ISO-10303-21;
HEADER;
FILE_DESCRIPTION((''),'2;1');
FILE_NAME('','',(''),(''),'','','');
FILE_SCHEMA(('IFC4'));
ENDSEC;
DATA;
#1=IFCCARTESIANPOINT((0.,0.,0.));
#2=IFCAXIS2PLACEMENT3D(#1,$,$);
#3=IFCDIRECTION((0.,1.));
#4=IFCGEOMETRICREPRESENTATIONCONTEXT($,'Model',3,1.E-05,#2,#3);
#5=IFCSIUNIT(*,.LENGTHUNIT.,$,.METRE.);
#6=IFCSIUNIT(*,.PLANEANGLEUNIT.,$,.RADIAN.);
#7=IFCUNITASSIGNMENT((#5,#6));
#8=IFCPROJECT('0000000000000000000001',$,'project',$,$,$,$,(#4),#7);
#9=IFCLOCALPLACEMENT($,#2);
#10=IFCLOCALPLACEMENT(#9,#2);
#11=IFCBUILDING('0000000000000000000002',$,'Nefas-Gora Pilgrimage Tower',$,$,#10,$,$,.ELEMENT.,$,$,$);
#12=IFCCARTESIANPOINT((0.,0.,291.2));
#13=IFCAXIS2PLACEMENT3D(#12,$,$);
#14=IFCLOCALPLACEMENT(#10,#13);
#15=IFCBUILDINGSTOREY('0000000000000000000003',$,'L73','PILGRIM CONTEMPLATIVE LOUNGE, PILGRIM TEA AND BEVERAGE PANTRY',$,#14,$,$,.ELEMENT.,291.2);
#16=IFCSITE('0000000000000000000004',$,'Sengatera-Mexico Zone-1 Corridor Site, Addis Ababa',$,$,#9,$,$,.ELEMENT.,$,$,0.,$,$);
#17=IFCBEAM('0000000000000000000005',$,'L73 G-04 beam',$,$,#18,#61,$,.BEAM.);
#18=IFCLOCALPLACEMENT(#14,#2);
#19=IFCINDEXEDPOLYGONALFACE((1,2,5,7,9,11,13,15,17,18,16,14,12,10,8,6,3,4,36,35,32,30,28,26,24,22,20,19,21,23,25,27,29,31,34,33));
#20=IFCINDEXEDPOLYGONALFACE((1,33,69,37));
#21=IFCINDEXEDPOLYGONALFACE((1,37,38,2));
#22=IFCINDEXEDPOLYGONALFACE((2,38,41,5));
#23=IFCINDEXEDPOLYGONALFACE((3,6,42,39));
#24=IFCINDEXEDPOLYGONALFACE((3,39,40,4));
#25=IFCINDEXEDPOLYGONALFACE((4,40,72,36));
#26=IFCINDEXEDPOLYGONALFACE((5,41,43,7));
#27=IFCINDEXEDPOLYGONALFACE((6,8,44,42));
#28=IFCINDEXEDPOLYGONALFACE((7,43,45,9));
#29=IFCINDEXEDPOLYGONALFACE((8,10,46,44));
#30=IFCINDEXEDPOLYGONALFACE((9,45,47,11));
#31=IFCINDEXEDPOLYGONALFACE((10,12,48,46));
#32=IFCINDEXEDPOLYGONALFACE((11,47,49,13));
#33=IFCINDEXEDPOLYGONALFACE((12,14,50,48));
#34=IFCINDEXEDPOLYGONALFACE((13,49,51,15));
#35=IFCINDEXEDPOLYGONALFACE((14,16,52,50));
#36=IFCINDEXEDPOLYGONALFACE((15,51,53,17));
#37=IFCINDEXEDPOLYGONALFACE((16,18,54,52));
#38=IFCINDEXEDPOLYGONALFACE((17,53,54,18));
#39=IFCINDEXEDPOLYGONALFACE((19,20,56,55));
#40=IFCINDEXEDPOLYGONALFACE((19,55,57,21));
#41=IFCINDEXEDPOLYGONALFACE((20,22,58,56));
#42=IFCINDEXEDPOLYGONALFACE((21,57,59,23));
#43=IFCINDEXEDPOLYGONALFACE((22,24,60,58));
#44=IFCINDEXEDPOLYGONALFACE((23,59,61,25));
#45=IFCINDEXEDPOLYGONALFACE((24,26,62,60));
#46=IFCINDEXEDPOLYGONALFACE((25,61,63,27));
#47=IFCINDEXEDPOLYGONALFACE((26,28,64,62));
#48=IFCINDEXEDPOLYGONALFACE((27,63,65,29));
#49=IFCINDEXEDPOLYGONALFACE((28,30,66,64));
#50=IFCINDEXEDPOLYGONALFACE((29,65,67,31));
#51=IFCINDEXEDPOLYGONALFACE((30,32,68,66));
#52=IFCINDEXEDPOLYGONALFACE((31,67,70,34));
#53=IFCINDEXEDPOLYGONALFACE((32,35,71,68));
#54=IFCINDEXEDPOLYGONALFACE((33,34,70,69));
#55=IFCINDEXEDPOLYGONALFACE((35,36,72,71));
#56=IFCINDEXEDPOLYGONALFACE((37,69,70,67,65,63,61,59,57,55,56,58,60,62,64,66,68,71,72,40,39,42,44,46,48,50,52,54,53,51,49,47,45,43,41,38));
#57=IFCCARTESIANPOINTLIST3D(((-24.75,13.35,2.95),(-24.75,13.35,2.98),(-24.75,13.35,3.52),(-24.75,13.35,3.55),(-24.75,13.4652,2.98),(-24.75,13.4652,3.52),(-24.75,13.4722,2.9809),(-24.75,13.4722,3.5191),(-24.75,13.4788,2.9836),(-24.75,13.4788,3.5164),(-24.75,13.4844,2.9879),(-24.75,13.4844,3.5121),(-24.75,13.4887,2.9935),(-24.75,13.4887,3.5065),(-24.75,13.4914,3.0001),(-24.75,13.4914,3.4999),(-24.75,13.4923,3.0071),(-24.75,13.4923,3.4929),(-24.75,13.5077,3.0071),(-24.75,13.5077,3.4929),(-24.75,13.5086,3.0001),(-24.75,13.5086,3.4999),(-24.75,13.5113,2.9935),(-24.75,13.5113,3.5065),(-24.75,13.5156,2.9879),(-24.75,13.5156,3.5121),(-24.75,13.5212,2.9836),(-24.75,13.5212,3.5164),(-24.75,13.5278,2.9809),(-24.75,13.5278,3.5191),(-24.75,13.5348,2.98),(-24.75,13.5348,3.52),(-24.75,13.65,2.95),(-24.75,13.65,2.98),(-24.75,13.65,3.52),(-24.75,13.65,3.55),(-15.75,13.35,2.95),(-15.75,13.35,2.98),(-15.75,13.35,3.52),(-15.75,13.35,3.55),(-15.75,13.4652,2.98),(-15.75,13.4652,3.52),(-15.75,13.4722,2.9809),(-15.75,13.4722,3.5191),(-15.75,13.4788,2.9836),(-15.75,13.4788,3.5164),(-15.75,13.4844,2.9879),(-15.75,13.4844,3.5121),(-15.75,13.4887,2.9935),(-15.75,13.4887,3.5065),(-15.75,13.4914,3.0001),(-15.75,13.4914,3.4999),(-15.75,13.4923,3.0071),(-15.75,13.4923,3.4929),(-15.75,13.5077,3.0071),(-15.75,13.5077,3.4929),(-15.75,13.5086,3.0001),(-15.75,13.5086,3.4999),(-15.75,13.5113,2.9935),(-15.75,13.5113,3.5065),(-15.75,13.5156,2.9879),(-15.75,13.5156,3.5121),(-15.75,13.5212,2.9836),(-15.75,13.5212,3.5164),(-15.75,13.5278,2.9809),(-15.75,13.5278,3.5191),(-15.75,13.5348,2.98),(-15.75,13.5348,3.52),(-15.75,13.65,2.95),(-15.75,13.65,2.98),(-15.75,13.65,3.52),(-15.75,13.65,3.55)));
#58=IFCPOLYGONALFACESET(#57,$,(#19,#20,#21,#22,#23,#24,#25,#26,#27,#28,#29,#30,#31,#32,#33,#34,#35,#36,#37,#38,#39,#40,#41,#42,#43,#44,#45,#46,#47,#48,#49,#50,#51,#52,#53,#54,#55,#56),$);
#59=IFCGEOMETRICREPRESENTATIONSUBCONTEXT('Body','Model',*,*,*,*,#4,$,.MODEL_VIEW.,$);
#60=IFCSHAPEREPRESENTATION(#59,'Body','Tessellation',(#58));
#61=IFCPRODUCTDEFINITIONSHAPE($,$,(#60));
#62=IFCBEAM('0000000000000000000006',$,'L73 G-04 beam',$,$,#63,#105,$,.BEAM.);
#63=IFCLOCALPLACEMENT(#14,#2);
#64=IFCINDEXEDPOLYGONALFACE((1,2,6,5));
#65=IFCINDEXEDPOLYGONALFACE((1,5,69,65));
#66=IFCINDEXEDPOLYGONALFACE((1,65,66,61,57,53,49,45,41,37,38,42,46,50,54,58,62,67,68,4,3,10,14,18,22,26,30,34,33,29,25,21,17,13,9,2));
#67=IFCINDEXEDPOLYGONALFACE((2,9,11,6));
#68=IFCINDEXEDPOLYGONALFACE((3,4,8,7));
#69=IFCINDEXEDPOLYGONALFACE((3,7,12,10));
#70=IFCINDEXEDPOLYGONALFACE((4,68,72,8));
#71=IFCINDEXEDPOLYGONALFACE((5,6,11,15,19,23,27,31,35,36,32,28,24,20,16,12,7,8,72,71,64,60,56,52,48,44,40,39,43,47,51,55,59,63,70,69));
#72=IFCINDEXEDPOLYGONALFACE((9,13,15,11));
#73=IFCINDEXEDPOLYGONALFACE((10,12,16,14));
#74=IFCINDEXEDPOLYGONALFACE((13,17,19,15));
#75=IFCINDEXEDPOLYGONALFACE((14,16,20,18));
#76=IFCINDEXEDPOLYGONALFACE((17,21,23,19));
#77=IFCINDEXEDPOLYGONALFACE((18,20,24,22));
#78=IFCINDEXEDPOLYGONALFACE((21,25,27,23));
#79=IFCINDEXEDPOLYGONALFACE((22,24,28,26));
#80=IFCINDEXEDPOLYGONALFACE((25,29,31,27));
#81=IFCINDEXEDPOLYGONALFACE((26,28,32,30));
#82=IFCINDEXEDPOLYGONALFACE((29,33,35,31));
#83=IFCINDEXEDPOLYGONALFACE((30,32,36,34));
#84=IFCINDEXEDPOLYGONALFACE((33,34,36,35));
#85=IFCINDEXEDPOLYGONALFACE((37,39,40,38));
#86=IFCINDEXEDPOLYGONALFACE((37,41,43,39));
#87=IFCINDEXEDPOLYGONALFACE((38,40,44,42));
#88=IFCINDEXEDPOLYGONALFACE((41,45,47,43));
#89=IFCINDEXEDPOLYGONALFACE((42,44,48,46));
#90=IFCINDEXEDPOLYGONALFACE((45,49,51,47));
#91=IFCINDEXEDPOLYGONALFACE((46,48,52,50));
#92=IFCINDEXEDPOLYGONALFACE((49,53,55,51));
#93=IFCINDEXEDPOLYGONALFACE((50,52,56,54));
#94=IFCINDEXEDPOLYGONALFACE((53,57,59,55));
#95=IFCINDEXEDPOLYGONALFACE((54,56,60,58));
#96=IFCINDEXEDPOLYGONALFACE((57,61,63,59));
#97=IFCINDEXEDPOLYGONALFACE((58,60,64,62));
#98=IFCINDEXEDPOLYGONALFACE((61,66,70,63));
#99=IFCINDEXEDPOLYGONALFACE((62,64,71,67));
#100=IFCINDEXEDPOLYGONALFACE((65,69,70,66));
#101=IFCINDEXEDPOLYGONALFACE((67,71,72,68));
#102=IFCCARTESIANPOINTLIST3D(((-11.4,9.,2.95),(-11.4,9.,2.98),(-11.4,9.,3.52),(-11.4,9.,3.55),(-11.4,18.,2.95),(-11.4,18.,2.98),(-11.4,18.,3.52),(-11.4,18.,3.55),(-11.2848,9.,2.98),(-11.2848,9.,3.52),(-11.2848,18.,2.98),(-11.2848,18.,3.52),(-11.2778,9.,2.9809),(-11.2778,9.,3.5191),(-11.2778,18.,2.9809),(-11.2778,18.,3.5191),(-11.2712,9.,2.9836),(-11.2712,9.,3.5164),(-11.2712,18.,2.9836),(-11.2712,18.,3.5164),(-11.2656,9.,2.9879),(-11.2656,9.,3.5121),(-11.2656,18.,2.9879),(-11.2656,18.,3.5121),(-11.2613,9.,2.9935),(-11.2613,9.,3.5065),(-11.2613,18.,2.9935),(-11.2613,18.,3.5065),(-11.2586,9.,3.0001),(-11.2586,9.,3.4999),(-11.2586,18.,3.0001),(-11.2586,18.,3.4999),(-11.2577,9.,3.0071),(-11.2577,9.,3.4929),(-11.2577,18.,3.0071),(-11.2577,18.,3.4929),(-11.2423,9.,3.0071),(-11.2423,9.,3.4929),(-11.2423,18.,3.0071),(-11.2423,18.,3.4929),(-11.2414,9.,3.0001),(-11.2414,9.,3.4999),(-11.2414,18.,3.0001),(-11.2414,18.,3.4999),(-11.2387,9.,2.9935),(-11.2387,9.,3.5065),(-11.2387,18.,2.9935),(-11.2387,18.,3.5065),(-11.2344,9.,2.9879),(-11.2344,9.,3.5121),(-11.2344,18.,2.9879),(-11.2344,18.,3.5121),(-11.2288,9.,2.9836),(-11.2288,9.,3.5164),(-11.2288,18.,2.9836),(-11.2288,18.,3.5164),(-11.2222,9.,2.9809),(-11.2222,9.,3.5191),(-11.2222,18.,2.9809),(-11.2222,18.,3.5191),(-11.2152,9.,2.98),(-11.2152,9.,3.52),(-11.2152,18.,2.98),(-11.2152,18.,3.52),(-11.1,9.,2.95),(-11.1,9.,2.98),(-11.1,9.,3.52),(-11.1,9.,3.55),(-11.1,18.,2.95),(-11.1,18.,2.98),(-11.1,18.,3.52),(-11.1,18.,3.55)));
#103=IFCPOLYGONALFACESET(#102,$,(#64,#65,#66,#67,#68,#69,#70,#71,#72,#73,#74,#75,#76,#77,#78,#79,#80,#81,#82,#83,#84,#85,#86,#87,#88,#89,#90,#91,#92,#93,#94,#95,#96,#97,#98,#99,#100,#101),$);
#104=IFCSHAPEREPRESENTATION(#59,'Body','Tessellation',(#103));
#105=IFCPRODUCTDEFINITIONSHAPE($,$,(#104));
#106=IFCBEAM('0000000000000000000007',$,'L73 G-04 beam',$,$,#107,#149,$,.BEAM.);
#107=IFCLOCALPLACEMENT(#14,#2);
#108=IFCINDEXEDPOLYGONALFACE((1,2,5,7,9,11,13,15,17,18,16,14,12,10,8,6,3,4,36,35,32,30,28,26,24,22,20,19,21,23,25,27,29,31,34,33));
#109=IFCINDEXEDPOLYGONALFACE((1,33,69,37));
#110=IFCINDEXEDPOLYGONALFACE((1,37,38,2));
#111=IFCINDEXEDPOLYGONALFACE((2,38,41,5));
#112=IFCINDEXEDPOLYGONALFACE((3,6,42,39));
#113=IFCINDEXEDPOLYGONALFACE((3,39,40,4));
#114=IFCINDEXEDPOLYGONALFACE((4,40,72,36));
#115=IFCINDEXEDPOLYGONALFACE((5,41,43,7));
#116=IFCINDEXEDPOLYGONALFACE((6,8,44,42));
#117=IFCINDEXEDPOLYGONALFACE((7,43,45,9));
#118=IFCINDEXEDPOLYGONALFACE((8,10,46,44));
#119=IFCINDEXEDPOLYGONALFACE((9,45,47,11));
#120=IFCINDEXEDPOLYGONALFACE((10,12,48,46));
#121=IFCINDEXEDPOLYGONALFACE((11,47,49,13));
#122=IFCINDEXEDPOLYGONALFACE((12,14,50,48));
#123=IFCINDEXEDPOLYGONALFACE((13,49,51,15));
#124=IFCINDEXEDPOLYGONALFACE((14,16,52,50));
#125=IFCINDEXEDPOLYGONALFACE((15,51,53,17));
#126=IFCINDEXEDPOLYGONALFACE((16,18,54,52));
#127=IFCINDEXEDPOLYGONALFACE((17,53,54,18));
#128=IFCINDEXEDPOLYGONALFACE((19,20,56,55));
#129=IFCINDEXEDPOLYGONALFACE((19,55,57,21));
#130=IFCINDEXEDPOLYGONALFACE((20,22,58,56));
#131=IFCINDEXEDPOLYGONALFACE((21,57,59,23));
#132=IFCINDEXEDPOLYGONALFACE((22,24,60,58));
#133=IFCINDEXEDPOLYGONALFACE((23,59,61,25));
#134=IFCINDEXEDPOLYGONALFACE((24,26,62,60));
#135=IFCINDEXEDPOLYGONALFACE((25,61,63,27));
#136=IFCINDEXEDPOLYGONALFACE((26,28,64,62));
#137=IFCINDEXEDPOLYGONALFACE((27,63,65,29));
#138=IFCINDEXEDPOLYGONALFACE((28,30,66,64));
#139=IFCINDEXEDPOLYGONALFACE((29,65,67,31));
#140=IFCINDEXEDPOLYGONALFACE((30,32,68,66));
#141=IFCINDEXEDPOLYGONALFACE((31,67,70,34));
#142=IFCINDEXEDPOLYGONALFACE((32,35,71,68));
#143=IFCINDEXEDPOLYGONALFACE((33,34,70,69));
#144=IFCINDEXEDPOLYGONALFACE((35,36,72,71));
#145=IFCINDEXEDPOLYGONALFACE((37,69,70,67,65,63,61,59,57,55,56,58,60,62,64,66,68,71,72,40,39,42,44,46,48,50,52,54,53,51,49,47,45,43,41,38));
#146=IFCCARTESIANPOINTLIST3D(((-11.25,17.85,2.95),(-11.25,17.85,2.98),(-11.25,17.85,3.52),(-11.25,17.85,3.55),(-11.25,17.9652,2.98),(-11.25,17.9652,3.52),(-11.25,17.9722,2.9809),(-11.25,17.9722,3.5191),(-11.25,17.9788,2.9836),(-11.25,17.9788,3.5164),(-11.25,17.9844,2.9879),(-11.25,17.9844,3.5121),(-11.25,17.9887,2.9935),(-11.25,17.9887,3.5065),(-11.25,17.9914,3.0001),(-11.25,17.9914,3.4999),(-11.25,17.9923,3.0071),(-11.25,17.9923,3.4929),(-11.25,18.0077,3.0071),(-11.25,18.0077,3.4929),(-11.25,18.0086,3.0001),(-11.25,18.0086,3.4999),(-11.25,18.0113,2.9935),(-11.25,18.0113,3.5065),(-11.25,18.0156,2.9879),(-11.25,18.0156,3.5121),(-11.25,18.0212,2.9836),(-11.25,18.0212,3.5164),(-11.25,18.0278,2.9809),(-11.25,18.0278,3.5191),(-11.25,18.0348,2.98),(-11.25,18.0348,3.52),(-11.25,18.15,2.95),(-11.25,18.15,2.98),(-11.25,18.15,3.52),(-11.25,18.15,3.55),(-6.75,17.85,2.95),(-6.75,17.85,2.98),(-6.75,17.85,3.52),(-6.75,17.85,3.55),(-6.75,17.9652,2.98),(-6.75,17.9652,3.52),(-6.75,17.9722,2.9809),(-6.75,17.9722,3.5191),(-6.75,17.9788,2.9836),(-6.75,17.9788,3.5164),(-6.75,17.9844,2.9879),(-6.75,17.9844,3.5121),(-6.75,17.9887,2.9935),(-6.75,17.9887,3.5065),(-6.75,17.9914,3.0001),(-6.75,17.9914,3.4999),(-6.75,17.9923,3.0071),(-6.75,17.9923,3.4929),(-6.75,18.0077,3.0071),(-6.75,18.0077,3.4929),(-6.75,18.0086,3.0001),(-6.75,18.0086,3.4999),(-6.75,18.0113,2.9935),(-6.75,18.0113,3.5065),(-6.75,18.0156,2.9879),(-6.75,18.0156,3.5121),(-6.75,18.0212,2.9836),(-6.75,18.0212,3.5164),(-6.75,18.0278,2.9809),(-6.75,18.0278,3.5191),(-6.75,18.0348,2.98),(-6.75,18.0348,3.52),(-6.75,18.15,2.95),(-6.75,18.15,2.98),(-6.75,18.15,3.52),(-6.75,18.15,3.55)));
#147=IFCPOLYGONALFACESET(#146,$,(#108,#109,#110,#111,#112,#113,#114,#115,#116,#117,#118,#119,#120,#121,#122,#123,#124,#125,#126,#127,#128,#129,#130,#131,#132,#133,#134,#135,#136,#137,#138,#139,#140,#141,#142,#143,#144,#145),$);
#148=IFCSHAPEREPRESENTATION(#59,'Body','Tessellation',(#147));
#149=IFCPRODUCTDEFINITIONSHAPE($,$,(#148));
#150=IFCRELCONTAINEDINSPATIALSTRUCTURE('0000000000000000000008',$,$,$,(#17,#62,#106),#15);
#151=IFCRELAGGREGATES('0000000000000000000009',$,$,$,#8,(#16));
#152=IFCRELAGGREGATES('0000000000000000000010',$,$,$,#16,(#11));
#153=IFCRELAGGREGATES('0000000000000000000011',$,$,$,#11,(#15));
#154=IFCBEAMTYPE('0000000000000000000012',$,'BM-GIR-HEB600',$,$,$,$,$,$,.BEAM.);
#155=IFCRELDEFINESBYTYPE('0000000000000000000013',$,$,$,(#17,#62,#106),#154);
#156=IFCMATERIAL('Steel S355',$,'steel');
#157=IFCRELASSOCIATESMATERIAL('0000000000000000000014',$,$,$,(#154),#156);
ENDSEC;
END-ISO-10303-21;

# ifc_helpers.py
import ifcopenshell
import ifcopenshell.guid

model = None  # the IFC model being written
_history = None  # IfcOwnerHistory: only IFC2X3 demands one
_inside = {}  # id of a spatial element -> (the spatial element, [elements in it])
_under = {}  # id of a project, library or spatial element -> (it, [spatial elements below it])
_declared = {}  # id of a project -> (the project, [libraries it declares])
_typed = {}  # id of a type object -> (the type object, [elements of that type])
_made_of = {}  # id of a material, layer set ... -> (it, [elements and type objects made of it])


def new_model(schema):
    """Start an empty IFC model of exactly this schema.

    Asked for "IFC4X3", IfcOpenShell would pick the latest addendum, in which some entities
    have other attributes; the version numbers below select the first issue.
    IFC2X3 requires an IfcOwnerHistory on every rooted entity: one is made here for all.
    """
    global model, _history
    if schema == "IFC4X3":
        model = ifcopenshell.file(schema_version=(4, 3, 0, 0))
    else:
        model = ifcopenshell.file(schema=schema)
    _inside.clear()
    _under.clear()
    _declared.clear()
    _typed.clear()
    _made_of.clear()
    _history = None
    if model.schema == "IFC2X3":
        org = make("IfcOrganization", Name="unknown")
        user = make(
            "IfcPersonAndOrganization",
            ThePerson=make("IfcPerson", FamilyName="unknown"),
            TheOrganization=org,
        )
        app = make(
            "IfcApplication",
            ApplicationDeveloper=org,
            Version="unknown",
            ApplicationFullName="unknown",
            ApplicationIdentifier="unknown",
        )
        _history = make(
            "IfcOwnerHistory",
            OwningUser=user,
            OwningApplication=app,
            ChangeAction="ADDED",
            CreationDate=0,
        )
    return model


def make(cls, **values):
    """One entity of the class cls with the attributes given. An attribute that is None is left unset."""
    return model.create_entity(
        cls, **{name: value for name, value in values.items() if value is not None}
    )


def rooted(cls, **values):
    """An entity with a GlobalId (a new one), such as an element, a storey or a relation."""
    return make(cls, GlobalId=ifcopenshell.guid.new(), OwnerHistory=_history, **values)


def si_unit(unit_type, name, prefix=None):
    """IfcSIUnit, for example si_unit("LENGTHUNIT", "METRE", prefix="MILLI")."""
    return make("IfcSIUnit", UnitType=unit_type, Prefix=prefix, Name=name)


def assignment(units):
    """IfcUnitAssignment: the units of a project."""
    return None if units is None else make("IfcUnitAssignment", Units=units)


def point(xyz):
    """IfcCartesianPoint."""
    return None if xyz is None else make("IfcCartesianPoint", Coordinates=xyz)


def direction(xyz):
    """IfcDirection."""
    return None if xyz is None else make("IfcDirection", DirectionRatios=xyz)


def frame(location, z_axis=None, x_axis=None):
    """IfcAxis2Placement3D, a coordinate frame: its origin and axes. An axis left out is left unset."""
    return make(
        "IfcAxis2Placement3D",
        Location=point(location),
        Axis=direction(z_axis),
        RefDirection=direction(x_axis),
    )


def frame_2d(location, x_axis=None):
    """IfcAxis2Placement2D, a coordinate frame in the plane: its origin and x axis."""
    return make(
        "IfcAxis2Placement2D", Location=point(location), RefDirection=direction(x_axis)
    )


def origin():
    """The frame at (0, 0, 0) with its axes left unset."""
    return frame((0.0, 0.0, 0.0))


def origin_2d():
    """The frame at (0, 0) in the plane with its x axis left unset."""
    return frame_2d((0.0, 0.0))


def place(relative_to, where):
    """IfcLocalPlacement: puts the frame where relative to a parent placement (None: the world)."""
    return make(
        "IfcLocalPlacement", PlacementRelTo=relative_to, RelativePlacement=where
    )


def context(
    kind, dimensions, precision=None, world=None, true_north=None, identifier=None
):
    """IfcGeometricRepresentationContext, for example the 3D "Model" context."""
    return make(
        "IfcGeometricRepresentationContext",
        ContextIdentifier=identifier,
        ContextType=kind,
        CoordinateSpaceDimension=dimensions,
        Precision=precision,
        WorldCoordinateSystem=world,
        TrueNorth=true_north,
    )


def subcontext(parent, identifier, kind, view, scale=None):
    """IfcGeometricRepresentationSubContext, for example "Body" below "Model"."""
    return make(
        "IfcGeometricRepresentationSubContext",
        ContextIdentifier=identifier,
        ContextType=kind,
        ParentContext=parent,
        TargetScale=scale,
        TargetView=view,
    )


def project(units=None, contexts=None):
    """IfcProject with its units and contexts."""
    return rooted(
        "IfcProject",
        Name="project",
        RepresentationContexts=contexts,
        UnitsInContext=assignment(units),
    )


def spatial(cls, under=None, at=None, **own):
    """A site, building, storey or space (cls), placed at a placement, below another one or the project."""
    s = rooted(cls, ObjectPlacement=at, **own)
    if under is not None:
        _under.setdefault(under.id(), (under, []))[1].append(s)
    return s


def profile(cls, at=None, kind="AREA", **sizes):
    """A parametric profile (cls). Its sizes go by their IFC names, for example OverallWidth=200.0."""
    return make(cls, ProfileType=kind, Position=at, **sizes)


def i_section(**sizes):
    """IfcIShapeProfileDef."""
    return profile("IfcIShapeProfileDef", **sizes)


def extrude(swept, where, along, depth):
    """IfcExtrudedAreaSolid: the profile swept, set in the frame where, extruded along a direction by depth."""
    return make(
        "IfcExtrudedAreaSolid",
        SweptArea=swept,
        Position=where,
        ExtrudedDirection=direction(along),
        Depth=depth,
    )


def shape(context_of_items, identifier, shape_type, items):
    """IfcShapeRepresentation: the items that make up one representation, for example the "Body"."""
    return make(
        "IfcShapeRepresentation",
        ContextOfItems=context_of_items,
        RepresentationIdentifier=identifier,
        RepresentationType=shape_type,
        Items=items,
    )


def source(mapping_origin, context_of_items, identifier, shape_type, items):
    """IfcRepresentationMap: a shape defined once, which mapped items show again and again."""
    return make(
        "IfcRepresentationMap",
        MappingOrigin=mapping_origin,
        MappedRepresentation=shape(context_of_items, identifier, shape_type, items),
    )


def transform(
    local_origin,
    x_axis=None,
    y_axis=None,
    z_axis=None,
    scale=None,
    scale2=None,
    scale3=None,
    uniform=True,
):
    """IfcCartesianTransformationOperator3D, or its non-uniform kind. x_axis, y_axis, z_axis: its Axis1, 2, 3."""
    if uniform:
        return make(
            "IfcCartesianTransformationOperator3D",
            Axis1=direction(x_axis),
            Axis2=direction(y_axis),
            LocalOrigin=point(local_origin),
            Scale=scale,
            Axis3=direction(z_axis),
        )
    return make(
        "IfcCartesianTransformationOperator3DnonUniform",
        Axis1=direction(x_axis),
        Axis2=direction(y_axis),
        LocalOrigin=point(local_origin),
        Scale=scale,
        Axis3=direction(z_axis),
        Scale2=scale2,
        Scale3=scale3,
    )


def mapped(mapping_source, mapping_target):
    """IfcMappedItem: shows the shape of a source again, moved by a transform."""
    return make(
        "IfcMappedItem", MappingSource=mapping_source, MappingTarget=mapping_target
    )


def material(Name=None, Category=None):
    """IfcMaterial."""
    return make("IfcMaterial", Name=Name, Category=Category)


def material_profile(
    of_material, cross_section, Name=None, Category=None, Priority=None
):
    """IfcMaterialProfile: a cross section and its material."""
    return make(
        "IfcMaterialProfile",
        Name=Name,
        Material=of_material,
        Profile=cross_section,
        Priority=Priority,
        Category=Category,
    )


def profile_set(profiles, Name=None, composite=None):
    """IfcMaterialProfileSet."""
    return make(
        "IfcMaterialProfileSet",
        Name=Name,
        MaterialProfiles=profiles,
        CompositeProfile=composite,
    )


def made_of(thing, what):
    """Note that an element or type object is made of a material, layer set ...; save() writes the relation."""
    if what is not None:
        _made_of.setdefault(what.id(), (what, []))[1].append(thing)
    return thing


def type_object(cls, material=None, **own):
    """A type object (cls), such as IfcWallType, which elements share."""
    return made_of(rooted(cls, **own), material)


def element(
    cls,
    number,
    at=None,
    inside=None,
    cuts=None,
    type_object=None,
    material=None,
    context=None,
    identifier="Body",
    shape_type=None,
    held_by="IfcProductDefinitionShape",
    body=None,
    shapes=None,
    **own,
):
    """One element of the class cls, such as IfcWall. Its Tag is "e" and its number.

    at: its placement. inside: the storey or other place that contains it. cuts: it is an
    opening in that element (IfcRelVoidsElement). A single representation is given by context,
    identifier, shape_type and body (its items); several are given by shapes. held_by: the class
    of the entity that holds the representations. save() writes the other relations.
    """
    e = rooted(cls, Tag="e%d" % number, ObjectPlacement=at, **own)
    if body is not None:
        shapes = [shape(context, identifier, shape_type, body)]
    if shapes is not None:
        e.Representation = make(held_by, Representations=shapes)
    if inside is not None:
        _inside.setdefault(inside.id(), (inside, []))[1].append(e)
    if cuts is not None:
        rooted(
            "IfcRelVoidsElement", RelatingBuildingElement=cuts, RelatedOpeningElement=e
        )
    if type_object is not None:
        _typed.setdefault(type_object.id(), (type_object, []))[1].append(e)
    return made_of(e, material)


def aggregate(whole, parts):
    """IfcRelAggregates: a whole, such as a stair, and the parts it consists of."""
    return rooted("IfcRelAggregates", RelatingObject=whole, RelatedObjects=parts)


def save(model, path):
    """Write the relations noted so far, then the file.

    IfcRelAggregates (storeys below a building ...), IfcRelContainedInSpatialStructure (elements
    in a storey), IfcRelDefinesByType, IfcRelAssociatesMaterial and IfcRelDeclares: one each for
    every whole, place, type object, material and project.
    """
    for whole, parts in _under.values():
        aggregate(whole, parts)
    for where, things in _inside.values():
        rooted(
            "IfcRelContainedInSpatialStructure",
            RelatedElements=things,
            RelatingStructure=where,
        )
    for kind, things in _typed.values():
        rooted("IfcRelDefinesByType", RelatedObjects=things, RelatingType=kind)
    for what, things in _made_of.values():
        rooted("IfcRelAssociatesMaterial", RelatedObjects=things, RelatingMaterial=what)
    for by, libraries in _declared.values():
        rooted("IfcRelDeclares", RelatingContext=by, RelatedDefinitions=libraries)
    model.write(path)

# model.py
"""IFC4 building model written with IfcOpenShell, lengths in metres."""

from ifc_helpers import new_model, si_unit, direction, frame, origin, origin_2d, place, context, subcontext, project, spatial, i_section, extrude, source, transform, mapped, material, material_profile, profile_set, type_object, element, save


model = new_model("IFC4")

# Units and contexts
model_context = context("Model", 3, precision=1e-05, world=origin(), true_north=direction((0.0, 1.0)))
body_context = subcontext(model_context, "Body", "Model", "MODEL_VIEW")
ifc_project = project(units=[si_unit("LENGTHUNIT", "METRE"), si_unit("PLANEANGLEUNIT", "RADIAN")], contexts=[model_context])

# Site, building, storey
site_placement = place(None, origin())
site = spatial("IfcSite", under=ifc_project, at=site_placement, Name="Sengatera-Mexico Zone-1 Corridor Site, Addis Ababa", CompositionType="ELEMENT", RefElevation=0.0)
building_placement = place(site_placement, origin())
building = spatial("IfcBuilding", under=site, at=building_placement, Name="Nefas-Gora Pilgrimage Tower", CompositionType="ELEMENT")
storey_placement = place(building_placement, frame((0.0, 0.0, 291.2)))
storey = spatial("IfcBuildingStorey", under=building, at=storey_placement, Name="L73", Description="PILGRIM CONTEMPLATIVE LOUNGE, PILGRIM TEA AND BEVERAGE PANTRY", CompositionType="ELEMENT", Elevation=291.2)

# Shared definitions
ifc_material_1 = material(Name="Steel S355", Category="steel")

# Beams
ifc_material_profile_1 = material_profile(ifc_material_1, i_section(OverallWidth=0.3, OverallDepth=0.6001, WebThickness=0.0154, FlangeThickness=0.03, FilletRadius=0.0271, at=origin_2d()), Name="HEB 600")
ifc_profile_set_1 = profile_set([ifc_material_profile_1], Name="Steel S355")
beam_type = type_object("IfcBeamType", Name="BM-GIR-HEB600", PredefinedType="BEAM", material=ifc_profile_set_1)
shared_shape_1 = source(origin(), body_context, "Body", "SweptSolid", [
    extrude(i_section(OverallWidth=0.3, OverallDepth=0.6001, WebThickness=0.0154, FlangeThickness=0.03, FilletRadius=0.0271, at=origin_2d()), origin(), (0.0, 0.0, 1.0), 9.0),
])
for number, where, z_axis, x_axis, name in (
    (1, (-24.75, 13.5, 3.25), (1.0, 0.0, 0.0), (0.0, 1.0, 0.0), "L73 G-04 beam"),
    (2, (-11.25, 9.0, 3.25), (0.0, 1.0, 0.0), (-1.0, 0.0, 0.0), "L73 G-04 beam"),
):
    element("IfcBeam", number, at=place(storey_placement, frame(where, z_axis=z_axis, x_axis=x_axis)), inside=storey, type_object=beam_type, Name=name, PredefinedType="BEAM", context=body_context, shape_type="MappedRepresentation", body=[
        mapped(shared_shape_1, transform((0.0, 0.0, 0.0), x_axis=(1.0, 0.0, 0.0), y_axis=(0.0, 1.0, 0.0), z_axis=(0.0, 0.0, 1.0), scale=1.0)),
    ])
shared_shape_2 = source(origin(), body_context, "Body", "SweptSolid", [
    extrude(i_section(OverallWidth=0.3, OverallDepth=0.6001, WebThickness=0.0154, FlangeThickness=0.03, FilletRadius=0.0271, at=origin_2d()), origin(), (0.0, 0.0, 1.0), 4.5),
])
beam_placement = place(storey_placement, frame((-11.25, 18.0, 3.25), z_axis=(1.0, 0.0, 0.0), x_axis=(0.0, 1.0, 0.0)))
element("IfcBeam", 3, at=beam_placement, inside=storey, type_object=beam_type, Name="L73 G-04 beam", PredefinedType="BEAM", context=body_context, shape_type="MappedRepresentation", body=[
    mapped(shared_shape_2, transform((0.0, 0.0, 0.0), x_axis=(1.0, 0.0, 0.0), y_axis=(0.0, 1.0, 0.0), z_axis=(0.0, 0.0, 1.0), scale=1.0)),
])

save(model, "model.ifc")
